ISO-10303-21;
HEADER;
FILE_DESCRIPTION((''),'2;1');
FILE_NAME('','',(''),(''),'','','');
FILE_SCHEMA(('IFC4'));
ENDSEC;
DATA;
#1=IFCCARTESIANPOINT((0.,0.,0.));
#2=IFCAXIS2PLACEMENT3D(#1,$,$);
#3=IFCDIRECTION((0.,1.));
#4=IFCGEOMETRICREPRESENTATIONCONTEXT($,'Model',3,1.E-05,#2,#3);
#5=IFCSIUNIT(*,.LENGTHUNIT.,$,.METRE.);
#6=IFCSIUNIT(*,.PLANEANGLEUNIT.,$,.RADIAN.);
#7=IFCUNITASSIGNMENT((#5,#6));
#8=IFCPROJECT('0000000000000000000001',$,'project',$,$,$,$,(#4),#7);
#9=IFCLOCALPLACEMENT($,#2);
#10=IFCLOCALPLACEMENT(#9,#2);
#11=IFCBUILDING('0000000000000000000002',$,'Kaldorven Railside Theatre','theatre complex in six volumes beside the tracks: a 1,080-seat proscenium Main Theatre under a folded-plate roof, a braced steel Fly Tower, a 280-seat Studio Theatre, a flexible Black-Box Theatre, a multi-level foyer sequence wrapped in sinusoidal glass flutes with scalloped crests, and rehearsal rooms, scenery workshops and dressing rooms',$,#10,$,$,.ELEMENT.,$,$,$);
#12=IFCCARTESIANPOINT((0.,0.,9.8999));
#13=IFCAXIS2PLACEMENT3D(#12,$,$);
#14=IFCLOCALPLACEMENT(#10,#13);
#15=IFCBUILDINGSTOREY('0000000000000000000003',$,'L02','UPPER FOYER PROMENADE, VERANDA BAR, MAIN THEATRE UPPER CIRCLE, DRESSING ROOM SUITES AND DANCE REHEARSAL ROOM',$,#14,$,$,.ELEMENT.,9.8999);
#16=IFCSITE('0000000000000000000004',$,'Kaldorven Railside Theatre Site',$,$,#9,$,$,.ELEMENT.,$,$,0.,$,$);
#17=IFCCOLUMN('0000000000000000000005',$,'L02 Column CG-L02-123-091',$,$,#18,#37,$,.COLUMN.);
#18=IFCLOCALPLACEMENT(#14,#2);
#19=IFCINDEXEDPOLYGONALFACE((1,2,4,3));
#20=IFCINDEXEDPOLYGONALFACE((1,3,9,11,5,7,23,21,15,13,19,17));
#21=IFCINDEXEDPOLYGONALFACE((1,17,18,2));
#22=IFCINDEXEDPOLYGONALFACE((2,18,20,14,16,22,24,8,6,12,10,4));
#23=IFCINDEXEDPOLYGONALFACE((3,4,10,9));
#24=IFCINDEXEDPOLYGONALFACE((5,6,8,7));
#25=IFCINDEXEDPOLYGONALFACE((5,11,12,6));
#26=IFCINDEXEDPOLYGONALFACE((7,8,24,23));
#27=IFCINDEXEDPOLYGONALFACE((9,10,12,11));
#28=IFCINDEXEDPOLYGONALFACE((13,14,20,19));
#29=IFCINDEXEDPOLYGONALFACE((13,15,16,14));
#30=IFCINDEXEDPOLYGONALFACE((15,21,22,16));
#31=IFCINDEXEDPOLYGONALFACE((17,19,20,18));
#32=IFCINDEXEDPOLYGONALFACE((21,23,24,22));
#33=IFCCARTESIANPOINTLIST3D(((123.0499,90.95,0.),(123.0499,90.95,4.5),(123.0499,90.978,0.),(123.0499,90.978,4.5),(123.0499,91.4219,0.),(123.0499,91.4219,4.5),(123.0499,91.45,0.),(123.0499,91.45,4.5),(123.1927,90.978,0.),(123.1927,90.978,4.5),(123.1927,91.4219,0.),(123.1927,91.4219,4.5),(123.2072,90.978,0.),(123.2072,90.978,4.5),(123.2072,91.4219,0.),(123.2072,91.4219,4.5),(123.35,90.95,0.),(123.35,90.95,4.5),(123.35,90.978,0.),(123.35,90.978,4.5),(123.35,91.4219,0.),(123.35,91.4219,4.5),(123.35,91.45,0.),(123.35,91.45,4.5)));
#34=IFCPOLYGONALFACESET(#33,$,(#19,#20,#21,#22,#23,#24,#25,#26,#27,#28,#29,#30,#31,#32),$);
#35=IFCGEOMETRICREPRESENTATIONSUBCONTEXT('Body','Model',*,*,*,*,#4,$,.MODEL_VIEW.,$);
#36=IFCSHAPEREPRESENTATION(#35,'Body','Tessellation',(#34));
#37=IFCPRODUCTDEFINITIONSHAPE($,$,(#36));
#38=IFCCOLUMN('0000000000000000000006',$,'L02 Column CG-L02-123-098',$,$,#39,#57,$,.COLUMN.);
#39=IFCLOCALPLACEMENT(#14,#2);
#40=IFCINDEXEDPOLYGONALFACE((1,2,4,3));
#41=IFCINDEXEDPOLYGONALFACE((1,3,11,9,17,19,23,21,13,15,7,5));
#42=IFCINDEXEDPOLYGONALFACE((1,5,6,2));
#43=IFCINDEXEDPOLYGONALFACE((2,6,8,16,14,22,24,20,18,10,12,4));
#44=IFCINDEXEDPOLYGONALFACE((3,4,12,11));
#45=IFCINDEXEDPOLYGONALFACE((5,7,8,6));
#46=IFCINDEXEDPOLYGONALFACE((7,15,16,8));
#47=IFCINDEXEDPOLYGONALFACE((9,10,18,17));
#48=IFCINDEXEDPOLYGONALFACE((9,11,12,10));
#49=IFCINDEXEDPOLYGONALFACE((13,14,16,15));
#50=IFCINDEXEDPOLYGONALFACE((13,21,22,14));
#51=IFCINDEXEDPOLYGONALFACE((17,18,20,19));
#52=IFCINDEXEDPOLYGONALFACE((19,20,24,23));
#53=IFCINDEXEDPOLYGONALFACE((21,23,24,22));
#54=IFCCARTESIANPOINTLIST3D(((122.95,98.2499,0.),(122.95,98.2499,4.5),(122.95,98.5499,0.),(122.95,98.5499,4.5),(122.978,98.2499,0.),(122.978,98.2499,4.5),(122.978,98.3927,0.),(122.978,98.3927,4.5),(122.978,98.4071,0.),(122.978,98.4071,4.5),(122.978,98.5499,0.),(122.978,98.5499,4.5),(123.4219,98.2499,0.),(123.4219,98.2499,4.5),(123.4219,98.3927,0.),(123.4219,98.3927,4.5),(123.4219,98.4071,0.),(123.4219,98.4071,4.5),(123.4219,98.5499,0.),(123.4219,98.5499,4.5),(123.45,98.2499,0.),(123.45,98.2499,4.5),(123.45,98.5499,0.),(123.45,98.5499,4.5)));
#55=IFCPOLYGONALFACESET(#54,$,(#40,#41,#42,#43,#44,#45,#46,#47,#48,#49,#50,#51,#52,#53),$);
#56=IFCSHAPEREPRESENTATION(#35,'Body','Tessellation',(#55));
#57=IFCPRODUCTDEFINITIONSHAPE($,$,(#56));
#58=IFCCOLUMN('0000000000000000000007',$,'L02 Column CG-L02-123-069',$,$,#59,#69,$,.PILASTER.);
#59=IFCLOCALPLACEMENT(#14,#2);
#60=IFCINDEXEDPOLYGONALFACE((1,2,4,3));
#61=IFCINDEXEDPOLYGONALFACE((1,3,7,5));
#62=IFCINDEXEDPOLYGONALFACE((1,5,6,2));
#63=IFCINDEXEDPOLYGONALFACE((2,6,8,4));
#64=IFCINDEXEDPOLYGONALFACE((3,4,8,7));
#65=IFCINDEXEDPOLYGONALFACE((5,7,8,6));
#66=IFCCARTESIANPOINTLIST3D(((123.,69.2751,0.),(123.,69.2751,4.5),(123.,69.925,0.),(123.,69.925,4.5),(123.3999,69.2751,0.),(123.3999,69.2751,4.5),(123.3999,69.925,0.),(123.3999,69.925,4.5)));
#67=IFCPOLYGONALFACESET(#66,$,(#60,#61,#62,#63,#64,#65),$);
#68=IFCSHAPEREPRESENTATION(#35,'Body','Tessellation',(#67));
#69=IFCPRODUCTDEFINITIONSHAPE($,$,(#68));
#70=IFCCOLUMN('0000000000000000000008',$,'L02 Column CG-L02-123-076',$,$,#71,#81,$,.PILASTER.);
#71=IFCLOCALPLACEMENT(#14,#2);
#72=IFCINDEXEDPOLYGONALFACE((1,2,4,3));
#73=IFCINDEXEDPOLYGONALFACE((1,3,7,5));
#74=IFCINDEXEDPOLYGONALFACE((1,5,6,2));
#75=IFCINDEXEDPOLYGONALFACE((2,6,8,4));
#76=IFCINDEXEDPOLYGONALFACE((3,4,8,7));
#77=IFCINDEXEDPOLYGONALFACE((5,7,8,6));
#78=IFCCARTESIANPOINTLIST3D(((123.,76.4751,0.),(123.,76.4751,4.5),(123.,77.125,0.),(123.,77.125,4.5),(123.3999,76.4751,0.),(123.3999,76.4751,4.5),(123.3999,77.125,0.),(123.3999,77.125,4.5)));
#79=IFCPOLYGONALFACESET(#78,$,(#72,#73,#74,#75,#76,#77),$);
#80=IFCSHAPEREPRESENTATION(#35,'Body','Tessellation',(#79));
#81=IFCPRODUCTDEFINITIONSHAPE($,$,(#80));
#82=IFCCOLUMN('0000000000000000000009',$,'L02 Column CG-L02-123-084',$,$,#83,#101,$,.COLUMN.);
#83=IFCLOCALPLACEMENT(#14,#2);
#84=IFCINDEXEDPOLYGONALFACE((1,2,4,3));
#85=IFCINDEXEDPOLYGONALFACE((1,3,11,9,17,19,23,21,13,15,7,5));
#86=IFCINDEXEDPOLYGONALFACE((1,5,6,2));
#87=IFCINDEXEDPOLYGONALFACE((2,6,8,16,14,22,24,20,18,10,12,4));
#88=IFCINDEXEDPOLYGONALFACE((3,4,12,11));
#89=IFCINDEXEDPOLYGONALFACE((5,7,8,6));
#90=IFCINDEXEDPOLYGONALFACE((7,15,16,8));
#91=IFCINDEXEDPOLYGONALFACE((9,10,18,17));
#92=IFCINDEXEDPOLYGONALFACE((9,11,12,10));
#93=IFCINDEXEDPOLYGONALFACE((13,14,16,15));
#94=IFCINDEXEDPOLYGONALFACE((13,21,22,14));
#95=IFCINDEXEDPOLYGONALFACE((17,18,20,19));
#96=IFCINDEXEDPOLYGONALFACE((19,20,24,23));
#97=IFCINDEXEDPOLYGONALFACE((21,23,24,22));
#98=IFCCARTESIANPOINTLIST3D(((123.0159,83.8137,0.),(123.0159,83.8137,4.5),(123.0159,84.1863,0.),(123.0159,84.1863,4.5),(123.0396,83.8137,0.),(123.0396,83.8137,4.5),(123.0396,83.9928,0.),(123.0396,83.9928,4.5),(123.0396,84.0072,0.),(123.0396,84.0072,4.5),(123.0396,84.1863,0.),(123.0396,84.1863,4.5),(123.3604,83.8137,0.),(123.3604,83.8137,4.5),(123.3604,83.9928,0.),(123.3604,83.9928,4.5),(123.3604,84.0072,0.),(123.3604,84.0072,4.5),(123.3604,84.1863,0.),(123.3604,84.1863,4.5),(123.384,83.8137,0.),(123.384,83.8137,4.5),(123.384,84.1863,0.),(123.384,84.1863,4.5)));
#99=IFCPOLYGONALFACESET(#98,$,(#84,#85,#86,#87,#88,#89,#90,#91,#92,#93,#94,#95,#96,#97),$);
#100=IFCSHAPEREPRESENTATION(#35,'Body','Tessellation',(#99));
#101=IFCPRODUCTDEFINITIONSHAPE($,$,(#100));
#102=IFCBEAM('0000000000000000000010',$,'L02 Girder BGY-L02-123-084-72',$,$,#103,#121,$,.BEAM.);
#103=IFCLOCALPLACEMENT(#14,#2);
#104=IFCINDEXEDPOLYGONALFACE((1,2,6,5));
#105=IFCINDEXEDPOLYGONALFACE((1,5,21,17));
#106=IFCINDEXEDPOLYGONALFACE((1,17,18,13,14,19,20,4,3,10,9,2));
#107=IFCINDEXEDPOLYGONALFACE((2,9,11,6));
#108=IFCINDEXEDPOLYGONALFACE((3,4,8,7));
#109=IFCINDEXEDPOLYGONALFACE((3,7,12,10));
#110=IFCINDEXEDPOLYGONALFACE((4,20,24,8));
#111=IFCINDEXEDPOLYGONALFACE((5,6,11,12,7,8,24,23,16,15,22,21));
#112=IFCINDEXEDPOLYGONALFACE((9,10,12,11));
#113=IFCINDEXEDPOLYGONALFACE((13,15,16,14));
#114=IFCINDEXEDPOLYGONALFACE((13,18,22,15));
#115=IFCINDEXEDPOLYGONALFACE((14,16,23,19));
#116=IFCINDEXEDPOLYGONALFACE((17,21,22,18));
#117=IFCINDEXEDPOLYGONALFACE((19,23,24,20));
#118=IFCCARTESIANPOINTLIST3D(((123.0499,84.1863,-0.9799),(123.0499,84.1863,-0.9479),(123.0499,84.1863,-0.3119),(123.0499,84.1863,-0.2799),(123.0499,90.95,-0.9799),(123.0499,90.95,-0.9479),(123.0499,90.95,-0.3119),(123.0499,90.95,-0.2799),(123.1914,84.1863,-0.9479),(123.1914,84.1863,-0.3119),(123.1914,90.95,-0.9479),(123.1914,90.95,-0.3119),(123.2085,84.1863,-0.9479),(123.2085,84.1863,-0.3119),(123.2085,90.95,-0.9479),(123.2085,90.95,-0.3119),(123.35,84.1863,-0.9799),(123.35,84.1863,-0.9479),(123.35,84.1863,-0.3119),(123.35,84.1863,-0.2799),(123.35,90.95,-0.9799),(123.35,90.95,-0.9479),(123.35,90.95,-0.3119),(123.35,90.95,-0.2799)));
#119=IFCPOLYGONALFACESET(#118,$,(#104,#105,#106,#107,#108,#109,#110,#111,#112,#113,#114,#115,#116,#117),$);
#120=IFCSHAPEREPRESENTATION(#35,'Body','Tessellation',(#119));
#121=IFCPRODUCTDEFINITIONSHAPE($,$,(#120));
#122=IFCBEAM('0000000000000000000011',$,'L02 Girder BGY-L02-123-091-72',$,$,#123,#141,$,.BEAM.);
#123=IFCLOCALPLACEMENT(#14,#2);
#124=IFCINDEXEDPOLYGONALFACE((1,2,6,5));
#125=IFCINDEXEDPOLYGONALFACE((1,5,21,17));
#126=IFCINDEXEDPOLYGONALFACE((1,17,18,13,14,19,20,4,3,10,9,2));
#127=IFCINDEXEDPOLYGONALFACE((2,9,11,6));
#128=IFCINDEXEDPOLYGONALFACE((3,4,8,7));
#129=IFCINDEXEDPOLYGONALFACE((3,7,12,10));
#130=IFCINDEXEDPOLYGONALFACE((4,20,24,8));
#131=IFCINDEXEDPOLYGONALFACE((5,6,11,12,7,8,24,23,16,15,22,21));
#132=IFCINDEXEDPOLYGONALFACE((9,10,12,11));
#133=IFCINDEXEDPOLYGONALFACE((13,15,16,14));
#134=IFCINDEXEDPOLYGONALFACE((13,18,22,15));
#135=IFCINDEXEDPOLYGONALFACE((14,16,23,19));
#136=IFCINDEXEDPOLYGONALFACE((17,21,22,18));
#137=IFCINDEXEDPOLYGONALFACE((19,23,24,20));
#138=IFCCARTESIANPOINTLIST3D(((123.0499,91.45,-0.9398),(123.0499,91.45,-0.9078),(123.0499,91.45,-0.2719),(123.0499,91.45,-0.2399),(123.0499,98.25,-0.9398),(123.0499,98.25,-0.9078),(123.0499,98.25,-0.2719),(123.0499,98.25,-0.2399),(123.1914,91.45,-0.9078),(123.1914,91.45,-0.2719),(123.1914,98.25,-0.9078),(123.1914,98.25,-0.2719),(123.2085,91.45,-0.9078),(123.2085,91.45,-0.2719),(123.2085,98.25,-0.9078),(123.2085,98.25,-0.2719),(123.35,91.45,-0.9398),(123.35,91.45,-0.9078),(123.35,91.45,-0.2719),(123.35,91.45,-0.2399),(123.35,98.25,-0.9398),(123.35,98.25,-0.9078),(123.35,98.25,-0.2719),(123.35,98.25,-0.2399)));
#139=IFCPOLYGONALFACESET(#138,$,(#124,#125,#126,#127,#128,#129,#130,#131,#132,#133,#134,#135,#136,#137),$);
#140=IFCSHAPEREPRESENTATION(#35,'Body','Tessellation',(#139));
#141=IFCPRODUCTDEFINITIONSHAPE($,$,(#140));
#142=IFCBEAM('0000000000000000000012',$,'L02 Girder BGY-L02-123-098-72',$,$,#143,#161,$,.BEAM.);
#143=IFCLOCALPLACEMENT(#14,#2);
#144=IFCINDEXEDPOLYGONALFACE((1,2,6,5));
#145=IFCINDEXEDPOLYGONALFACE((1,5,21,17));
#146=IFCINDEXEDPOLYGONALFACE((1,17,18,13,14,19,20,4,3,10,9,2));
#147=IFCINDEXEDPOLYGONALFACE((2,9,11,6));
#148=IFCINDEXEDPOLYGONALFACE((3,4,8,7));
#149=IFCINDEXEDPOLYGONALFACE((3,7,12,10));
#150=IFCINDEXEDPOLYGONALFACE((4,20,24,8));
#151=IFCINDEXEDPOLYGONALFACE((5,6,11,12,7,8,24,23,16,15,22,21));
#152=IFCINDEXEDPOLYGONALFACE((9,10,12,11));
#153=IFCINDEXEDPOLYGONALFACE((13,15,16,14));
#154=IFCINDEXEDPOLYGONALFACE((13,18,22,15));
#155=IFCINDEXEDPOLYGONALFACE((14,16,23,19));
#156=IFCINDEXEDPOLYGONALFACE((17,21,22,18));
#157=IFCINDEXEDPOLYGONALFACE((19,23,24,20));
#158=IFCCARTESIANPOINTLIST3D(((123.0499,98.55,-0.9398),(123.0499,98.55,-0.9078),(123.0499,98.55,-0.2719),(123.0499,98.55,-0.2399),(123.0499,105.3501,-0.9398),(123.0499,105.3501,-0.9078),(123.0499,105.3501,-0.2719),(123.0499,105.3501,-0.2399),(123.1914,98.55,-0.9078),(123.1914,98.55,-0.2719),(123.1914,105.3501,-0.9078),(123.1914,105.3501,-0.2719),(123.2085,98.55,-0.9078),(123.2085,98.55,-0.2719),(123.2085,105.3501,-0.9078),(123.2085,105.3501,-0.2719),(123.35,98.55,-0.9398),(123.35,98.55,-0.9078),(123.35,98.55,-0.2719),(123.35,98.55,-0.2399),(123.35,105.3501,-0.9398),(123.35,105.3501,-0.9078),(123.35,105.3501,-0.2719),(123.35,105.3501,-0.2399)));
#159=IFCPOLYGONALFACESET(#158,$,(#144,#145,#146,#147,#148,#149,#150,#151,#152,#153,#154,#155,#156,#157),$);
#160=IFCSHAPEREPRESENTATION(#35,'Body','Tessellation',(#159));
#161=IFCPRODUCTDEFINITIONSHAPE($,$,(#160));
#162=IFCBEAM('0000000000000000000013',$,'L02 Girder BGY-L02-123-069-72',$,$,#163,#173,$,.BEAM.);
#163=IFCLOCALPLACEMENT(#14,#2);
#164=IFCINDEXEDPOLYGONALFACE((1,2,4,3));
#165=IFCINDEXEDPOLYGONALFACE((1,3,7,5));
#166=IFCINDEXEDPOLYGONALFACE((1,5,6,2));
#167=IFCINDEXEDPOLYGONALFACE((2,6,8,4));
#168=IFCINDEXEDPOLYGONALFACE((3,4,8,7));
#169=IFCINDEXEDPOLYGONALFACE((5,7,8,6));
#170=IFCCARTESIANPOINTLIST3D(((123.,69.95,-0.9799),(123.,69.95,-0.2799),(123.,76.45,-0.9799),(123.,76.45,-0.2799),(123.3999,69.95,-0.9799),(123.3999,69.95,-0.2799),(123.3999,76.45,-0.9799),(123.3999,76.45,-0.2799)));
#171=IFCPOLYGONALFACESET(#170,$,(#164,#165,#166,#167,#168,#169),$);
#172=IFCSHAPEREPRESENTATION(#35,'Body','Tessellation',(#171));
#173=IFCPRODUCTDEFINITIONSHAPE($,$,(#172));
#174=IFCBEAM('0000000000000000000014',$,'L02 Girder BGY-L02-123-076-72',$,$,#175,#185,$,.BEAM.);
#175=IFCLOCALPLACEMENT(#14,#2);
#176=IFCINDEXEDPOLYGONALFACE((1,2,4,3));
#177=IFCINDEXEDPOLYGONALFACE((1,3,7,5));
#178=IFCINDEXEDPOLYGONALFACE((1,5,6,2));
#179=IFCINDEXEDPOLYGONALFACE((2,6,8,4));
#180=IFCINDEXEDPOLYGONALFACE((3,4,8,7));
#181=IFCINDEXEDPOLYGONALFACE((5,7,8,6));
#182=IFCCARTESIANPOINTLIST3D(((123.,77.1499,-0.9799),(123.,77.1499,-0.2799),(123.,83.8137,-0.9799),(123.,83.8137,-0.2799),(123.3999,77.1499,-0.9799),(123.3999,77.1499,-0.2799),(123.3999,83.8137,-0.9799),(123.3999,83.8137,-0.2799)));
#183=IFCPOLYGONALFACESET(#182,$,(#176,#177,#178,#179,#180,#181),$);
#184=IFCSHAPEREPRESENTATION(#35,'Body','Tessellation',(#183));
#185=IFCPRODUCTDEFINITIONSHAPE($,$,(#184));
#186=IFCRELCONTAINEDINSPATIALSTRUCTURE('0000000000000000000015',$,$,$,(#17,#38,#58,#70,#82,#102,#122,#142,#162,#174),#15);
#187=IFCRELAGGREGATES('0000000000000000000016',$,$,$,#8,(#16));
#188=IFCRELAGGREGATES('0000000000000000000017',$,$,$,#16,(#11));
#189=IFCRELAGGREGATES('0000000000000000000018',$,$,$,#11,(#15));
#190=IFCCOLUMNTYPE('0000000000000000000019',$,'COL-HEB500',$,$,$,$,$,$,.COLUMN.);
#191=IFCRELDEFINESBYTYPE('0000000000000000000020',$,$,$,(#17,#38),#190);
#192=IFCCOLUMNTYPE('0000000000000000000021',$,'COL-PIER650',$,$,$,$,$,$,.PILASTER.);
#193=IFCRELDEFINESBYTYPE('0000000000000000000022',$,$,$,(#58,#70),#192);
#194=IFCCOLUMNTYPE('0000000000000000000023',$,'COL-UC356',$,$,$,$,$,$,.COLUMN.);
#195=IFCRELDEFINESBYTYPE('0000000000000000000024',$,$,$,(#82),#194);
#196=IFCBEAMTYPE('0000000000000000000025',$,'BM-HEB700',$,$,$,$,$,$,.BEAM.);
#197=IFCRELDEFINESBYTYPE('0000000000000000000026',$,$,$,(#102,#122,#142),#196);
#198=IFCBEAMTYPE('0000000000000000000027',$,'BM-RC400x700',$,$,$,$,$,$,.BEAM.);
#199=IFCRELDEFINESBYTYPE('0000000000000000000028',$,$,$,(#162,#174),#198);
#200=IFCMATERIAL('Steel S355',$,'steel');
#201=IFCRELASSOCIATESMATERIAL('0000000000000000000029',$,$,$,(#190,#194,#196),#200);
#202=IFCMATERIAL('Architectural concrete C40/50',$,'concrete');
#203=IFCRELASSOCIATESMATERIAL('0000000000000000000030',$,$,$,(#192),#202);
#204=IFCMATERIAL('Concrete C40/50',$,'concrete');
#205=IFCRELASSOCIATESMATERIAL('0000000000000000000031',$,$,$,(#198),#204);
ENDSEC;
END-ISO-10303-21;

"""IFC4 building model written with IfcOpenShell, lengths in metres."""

from ifc_helpers import new_model, si_unit, direction, frame, origin, origin_2d, place, context, subcontext, project, spatial, rectangle, i_section, extrude, material, material_profile, profile_set, type_object, element, save


model = new_model("IFC4")

# Units and contexts
model_context = context("Model", 3, precision=1e-05, world=origin(), true_north=direction((0.0, 1.0)))
body_context = subcontext(model_context, "Body", "Model", "MODEL_VIEW")
ifc_project = project(units=[si_unit("LENGTHUNIT", "METRE"), si_unit("PLANEANGLEUNIT", "RADIAN")], contexts=[model_context])

# Site, building, storey
site_placement = place(None, origin())
site = spatial("IfcSite", under=ifc_project, at=site_placement, Name="Kaldorven Railside Theatre Site", CompositionType="ELEMENT", RefElevation=0.0)
building_placement = place(site_placement, origin())
building = spatial("IfcBuilding", under=site, at=building_placement, Name="Kaldorven Railside Theatre", Description="theatre complex in six volumes beside the tracks: a 1,080-seat proscenium Main Theatre under a folded-plate roof, a braced steel Fly Tower, a 280-seat Studio Theatre, a flexible Black-Box Theatre, a multi-level foyer sequence wrapped in sinusoidal glass flutes with scalloped crests, and rehearsal rooms, scenery workshops and dressing rooms", CompositionType="ELEMENT")
storey_placement = place(building_placement, frame((0.0, 0.0, 9.8999)))
storey = spatial("IfcBuildingStorey", under=building, at=storey_placement, Name="L02", Description="UPPER FOYER PROMENADE, VERANDA BAR, MAIN THEATRE UPPER CIRCLE, DRESSING ROOM SUITES AND DANCE REHEARSAL ROOM", CompositionType="ELEMENT", Elevation=9.8999)

# Columns
ifc_material_1 = material(Name="Steel S355", Category="steel")
ifc_material_profile_1 = material_profile(ifc_material_1, i_section(OverallWidth=0.3, OverallDepth=0.5, WebThickness=0.0144, FlangeThickness=0.0281, at=origin_2d()), Name="HEB 500")
ifc_profile_set_1 = profile_set([ifc_material_profile_1], Name="Steel S355")
column_type_1 = type_object("IfcColumnType", Name="COL-HEB500", PredefinedType="COLUMN", material=ifc_profile_set_1)
for number, where, z_axis, x_axis, name in (
    (1, (123.2, 91.2, 0.0), (0.0, 0.0, 1.0), (1.0, 0.0, 0.0), "L02 Column CG-L02-123-091"),
    (2, (123.2, 98.3999, 0.0), (0.0, 0.0, 1.0), (0.0, 1.0, 0.0), "L02 Column CG-L02-123-098"),
):
    element("IfcColumn", number, at=place(storey_placement, frame(where, z_axis=z_axis, x_axis=x_axis)), inside=storey, type_object=column_type_1, Name=name, PredefinedType="COLUMN", context=body_context, shape_type="SweptSolid", body=[
        extrude(i_section(OverallWidth=0.3, OverallDepth=0.5, WebThickness=0.0144, FlangeThickness=0.0281, at=origin_2d()), origin(), (0.0, 0.0, 1.0), 4.5),
    ])
ifc_material_2 = material(Name="Architectural concrete C40/50", Category="concrete")
ifc_material_profile_2 = material_profile(ifc_material_2, rectangle(XDim=0.3999, YDim=0.6499, at=origin_2d()), Name="RC 400x650")
ifc_profile_set_2 = profile_set([ifc_material_profile_2], Name="Architectural concrete C40/50")
column_type_2 = type_object("IfcColumnType", Name="COL-PIER650", PredefinedType="PILASTER", material=ifc_profile_set_2)
for number, where, z_axis, x_axis, name in (
    (3, (123.2, 69.6001, 0.0), (0.0, 0.0, 1.0), (1.0, 0.0, 0.0), "L02 Column CG-L02-123-069"),
    (4, (123.2, 76.8, 0.0), (0.0, 0.0, 1.0), (1.0, 0.0, 0.0), "L02 Column CG-L02-123-076"),
):
    element("IfcColumn", number, at=place(storey_placement, frame(where, z_axis=z_axis, x_axis=x_axis)), inside=storey, type_object=column_type_2, Name=name, PredefinedType="PILASTER", context=body_context, shape_type="SweptSolid", body=[
        extrude(rectangle(XDim=0.3999, YDim=0.6499, at=origin_2d()), origin(), (0.0, 0.0, 1.0), 4.5),
    ])
ifc_material_profile_3 = material_profile(ifc_material_1, i_section(OverallWidth=0.3726, OverallDepth=0.3682, WebThickness=0.0144, FlangeThickness=0.0237, at=origin_2d()), Name="UC 356x368x177")
ifc_profile_set_3 = profile_set([ifc_material_profile_3], Name="Steel S355")
column_type_3 = type_object("IfcColumnType", Name="COL-UC356", PredefinedType="COLUMN", material=ifc_profile_set_3)
column_placement = place(storey_placement, frame((123.2, 84.0, 0.0), z_axis=(0.0, 0.0, 1.0), x_axis=(0.0, 1.0, 0.0)))
element("IfcColumn", 5, at=column_placement, inside=storey, type_object=column_type_3, Name="L02 Column CG-L02-123-084", PredefinedType="COLUMN", context=body_context, shape_type="SweptSolid", body=[
    extrude(i_section(OverallWidth=0.3726, OverallDepth=0.3682, WebThickness=0.0144, FlangeThickness=0.0237, at=origin_2d()), origin(), (0.0, 0.0, 1.0), 4.5),
])

# Beams
ifc_material_profile_4 = material_profile(ifc_material_1, i_section(OverallWidth=0.3, OverallDepth=0.7, WebThickness=0.0171, FlangeThickness=0.032, at=origin_2d()), Name="HEB 700")
ifc_profile_set_4 = profile_set([ifc_material_profile_4], Name="Steel S355")
beam_type_1 = type_object("IfcBeamType", Name="BM-HEB700", PredefinedType="BEAM", material=ifc_profile_set_4)
beam_1_placement = place(storey_placement, frame((123.2, 84.1863, -0.6299), z_axis=(0.0, 1.0, 0.0), x_axis=(-1.0, 0.0, 0.0)))
element("IfcBeam", 6, at=beam_1_placement, inside=storey, type_object=beam_type_1, Name="L02 Girder BGY-L02-123-084-72", PredefinedType="BEAM", context=body_context, shape_type="SweptSolid", body=[
    extrude(i_section(OverallWidth=0.3, OverallDepth=0.7, WebThickness=0.0171, FlangeThickness=0.032, at=origin_2d()), origin(), (0.0, 0.0, 1.0), 6.7637),
])
for number, where, z_axis, x_axis, name in (
    (7, (123.2, 91.45, -0.5898), (0.0, 1.0, 0.0), (-1.0, 0.0, 0.0), "L02 Girder BGY-L02-123-091-72"),
    (8, (123.2, 98.55, -0.5898), (0.0, 1.0, 0.0), (-1.0, 0.0, 0.0), "L02 Girder BGY-L02-123-098-72"),
):
    element("IfcBeam", number, at=place(storey_placement, frame(where, z_axis=z_axis, x_axis=x_axis)), inside=storey, type_object=beam_type_1, Name=name, PredefinedType="BEAM", context=body_context, shape_type="SweptSolid", body=[
        extrude(i_section(OverallWidth=0.3, OverallDepth=0.7, WebThickness=0.0171, FlangeThickness=0.032, at=origin_2d()), origin(), (0.0, 0.0, 1.0), 6.8),
    ])
ifc_material_3 = material(Name="Concrete C40/50", Category="concrete")
ifc_material_profile_5 = material_profile(ifc_material_3, rectangle(XDim=0.3999, YDim=0.7, at=origin_2d()), Name="RC 400x700")
ifc_profile_set_5 = profile_set([ifc_material_profile_5], Name="Concrete C40/50")
beam_type_2 = type_object("IfcBeamType", Name="BM-RC400x700", PredefinedType="BEAM", material=ifc_profile_set_5)
beam_2_placement = place(storey_placement, frame((123.2, 69.95, -0.6299), z_axis=(0.0, 1.0, 0.0), x_axis=(-1.0, 0.0, 0.0)))
element("IfcBeam", 9, at=beam_2_placement, inside=storey, type_object=beam_type_2, Name="L02 Girder BGY-L02-123-069-72", PredefinedType="BEAM", context=body_context, shape_type="SweptSolid", body=[
    extrude(rectangle(XDim=0.3999, YDim=0.7, at=origin_2d()), origin(), (0.0, 0.0, 1.0), 6.5),
])
beam_3_placement = place(storey_placement, frame((123.2, 77.1499, -0.6299), z_axis=(0.0, 1.0, 0.0), x_axis=(-1.0, 0.0, 0.0)))
element("IfcBeam", 10, at=beam_3_placement, inside=storey, type_object=beam_type_2, Name="L02 Girder BGY-L02-123-076-72", PredefinedType="BEAM", context=body_context, shape_type="SweptSolid", body=[
    extrude(rectangle(XDim=0.3999, YDim=0.7, at=origin_2d()), origin(), (0.0, 0.0, 1.0), 6.6638),
])

save(model, "model.ifc")
